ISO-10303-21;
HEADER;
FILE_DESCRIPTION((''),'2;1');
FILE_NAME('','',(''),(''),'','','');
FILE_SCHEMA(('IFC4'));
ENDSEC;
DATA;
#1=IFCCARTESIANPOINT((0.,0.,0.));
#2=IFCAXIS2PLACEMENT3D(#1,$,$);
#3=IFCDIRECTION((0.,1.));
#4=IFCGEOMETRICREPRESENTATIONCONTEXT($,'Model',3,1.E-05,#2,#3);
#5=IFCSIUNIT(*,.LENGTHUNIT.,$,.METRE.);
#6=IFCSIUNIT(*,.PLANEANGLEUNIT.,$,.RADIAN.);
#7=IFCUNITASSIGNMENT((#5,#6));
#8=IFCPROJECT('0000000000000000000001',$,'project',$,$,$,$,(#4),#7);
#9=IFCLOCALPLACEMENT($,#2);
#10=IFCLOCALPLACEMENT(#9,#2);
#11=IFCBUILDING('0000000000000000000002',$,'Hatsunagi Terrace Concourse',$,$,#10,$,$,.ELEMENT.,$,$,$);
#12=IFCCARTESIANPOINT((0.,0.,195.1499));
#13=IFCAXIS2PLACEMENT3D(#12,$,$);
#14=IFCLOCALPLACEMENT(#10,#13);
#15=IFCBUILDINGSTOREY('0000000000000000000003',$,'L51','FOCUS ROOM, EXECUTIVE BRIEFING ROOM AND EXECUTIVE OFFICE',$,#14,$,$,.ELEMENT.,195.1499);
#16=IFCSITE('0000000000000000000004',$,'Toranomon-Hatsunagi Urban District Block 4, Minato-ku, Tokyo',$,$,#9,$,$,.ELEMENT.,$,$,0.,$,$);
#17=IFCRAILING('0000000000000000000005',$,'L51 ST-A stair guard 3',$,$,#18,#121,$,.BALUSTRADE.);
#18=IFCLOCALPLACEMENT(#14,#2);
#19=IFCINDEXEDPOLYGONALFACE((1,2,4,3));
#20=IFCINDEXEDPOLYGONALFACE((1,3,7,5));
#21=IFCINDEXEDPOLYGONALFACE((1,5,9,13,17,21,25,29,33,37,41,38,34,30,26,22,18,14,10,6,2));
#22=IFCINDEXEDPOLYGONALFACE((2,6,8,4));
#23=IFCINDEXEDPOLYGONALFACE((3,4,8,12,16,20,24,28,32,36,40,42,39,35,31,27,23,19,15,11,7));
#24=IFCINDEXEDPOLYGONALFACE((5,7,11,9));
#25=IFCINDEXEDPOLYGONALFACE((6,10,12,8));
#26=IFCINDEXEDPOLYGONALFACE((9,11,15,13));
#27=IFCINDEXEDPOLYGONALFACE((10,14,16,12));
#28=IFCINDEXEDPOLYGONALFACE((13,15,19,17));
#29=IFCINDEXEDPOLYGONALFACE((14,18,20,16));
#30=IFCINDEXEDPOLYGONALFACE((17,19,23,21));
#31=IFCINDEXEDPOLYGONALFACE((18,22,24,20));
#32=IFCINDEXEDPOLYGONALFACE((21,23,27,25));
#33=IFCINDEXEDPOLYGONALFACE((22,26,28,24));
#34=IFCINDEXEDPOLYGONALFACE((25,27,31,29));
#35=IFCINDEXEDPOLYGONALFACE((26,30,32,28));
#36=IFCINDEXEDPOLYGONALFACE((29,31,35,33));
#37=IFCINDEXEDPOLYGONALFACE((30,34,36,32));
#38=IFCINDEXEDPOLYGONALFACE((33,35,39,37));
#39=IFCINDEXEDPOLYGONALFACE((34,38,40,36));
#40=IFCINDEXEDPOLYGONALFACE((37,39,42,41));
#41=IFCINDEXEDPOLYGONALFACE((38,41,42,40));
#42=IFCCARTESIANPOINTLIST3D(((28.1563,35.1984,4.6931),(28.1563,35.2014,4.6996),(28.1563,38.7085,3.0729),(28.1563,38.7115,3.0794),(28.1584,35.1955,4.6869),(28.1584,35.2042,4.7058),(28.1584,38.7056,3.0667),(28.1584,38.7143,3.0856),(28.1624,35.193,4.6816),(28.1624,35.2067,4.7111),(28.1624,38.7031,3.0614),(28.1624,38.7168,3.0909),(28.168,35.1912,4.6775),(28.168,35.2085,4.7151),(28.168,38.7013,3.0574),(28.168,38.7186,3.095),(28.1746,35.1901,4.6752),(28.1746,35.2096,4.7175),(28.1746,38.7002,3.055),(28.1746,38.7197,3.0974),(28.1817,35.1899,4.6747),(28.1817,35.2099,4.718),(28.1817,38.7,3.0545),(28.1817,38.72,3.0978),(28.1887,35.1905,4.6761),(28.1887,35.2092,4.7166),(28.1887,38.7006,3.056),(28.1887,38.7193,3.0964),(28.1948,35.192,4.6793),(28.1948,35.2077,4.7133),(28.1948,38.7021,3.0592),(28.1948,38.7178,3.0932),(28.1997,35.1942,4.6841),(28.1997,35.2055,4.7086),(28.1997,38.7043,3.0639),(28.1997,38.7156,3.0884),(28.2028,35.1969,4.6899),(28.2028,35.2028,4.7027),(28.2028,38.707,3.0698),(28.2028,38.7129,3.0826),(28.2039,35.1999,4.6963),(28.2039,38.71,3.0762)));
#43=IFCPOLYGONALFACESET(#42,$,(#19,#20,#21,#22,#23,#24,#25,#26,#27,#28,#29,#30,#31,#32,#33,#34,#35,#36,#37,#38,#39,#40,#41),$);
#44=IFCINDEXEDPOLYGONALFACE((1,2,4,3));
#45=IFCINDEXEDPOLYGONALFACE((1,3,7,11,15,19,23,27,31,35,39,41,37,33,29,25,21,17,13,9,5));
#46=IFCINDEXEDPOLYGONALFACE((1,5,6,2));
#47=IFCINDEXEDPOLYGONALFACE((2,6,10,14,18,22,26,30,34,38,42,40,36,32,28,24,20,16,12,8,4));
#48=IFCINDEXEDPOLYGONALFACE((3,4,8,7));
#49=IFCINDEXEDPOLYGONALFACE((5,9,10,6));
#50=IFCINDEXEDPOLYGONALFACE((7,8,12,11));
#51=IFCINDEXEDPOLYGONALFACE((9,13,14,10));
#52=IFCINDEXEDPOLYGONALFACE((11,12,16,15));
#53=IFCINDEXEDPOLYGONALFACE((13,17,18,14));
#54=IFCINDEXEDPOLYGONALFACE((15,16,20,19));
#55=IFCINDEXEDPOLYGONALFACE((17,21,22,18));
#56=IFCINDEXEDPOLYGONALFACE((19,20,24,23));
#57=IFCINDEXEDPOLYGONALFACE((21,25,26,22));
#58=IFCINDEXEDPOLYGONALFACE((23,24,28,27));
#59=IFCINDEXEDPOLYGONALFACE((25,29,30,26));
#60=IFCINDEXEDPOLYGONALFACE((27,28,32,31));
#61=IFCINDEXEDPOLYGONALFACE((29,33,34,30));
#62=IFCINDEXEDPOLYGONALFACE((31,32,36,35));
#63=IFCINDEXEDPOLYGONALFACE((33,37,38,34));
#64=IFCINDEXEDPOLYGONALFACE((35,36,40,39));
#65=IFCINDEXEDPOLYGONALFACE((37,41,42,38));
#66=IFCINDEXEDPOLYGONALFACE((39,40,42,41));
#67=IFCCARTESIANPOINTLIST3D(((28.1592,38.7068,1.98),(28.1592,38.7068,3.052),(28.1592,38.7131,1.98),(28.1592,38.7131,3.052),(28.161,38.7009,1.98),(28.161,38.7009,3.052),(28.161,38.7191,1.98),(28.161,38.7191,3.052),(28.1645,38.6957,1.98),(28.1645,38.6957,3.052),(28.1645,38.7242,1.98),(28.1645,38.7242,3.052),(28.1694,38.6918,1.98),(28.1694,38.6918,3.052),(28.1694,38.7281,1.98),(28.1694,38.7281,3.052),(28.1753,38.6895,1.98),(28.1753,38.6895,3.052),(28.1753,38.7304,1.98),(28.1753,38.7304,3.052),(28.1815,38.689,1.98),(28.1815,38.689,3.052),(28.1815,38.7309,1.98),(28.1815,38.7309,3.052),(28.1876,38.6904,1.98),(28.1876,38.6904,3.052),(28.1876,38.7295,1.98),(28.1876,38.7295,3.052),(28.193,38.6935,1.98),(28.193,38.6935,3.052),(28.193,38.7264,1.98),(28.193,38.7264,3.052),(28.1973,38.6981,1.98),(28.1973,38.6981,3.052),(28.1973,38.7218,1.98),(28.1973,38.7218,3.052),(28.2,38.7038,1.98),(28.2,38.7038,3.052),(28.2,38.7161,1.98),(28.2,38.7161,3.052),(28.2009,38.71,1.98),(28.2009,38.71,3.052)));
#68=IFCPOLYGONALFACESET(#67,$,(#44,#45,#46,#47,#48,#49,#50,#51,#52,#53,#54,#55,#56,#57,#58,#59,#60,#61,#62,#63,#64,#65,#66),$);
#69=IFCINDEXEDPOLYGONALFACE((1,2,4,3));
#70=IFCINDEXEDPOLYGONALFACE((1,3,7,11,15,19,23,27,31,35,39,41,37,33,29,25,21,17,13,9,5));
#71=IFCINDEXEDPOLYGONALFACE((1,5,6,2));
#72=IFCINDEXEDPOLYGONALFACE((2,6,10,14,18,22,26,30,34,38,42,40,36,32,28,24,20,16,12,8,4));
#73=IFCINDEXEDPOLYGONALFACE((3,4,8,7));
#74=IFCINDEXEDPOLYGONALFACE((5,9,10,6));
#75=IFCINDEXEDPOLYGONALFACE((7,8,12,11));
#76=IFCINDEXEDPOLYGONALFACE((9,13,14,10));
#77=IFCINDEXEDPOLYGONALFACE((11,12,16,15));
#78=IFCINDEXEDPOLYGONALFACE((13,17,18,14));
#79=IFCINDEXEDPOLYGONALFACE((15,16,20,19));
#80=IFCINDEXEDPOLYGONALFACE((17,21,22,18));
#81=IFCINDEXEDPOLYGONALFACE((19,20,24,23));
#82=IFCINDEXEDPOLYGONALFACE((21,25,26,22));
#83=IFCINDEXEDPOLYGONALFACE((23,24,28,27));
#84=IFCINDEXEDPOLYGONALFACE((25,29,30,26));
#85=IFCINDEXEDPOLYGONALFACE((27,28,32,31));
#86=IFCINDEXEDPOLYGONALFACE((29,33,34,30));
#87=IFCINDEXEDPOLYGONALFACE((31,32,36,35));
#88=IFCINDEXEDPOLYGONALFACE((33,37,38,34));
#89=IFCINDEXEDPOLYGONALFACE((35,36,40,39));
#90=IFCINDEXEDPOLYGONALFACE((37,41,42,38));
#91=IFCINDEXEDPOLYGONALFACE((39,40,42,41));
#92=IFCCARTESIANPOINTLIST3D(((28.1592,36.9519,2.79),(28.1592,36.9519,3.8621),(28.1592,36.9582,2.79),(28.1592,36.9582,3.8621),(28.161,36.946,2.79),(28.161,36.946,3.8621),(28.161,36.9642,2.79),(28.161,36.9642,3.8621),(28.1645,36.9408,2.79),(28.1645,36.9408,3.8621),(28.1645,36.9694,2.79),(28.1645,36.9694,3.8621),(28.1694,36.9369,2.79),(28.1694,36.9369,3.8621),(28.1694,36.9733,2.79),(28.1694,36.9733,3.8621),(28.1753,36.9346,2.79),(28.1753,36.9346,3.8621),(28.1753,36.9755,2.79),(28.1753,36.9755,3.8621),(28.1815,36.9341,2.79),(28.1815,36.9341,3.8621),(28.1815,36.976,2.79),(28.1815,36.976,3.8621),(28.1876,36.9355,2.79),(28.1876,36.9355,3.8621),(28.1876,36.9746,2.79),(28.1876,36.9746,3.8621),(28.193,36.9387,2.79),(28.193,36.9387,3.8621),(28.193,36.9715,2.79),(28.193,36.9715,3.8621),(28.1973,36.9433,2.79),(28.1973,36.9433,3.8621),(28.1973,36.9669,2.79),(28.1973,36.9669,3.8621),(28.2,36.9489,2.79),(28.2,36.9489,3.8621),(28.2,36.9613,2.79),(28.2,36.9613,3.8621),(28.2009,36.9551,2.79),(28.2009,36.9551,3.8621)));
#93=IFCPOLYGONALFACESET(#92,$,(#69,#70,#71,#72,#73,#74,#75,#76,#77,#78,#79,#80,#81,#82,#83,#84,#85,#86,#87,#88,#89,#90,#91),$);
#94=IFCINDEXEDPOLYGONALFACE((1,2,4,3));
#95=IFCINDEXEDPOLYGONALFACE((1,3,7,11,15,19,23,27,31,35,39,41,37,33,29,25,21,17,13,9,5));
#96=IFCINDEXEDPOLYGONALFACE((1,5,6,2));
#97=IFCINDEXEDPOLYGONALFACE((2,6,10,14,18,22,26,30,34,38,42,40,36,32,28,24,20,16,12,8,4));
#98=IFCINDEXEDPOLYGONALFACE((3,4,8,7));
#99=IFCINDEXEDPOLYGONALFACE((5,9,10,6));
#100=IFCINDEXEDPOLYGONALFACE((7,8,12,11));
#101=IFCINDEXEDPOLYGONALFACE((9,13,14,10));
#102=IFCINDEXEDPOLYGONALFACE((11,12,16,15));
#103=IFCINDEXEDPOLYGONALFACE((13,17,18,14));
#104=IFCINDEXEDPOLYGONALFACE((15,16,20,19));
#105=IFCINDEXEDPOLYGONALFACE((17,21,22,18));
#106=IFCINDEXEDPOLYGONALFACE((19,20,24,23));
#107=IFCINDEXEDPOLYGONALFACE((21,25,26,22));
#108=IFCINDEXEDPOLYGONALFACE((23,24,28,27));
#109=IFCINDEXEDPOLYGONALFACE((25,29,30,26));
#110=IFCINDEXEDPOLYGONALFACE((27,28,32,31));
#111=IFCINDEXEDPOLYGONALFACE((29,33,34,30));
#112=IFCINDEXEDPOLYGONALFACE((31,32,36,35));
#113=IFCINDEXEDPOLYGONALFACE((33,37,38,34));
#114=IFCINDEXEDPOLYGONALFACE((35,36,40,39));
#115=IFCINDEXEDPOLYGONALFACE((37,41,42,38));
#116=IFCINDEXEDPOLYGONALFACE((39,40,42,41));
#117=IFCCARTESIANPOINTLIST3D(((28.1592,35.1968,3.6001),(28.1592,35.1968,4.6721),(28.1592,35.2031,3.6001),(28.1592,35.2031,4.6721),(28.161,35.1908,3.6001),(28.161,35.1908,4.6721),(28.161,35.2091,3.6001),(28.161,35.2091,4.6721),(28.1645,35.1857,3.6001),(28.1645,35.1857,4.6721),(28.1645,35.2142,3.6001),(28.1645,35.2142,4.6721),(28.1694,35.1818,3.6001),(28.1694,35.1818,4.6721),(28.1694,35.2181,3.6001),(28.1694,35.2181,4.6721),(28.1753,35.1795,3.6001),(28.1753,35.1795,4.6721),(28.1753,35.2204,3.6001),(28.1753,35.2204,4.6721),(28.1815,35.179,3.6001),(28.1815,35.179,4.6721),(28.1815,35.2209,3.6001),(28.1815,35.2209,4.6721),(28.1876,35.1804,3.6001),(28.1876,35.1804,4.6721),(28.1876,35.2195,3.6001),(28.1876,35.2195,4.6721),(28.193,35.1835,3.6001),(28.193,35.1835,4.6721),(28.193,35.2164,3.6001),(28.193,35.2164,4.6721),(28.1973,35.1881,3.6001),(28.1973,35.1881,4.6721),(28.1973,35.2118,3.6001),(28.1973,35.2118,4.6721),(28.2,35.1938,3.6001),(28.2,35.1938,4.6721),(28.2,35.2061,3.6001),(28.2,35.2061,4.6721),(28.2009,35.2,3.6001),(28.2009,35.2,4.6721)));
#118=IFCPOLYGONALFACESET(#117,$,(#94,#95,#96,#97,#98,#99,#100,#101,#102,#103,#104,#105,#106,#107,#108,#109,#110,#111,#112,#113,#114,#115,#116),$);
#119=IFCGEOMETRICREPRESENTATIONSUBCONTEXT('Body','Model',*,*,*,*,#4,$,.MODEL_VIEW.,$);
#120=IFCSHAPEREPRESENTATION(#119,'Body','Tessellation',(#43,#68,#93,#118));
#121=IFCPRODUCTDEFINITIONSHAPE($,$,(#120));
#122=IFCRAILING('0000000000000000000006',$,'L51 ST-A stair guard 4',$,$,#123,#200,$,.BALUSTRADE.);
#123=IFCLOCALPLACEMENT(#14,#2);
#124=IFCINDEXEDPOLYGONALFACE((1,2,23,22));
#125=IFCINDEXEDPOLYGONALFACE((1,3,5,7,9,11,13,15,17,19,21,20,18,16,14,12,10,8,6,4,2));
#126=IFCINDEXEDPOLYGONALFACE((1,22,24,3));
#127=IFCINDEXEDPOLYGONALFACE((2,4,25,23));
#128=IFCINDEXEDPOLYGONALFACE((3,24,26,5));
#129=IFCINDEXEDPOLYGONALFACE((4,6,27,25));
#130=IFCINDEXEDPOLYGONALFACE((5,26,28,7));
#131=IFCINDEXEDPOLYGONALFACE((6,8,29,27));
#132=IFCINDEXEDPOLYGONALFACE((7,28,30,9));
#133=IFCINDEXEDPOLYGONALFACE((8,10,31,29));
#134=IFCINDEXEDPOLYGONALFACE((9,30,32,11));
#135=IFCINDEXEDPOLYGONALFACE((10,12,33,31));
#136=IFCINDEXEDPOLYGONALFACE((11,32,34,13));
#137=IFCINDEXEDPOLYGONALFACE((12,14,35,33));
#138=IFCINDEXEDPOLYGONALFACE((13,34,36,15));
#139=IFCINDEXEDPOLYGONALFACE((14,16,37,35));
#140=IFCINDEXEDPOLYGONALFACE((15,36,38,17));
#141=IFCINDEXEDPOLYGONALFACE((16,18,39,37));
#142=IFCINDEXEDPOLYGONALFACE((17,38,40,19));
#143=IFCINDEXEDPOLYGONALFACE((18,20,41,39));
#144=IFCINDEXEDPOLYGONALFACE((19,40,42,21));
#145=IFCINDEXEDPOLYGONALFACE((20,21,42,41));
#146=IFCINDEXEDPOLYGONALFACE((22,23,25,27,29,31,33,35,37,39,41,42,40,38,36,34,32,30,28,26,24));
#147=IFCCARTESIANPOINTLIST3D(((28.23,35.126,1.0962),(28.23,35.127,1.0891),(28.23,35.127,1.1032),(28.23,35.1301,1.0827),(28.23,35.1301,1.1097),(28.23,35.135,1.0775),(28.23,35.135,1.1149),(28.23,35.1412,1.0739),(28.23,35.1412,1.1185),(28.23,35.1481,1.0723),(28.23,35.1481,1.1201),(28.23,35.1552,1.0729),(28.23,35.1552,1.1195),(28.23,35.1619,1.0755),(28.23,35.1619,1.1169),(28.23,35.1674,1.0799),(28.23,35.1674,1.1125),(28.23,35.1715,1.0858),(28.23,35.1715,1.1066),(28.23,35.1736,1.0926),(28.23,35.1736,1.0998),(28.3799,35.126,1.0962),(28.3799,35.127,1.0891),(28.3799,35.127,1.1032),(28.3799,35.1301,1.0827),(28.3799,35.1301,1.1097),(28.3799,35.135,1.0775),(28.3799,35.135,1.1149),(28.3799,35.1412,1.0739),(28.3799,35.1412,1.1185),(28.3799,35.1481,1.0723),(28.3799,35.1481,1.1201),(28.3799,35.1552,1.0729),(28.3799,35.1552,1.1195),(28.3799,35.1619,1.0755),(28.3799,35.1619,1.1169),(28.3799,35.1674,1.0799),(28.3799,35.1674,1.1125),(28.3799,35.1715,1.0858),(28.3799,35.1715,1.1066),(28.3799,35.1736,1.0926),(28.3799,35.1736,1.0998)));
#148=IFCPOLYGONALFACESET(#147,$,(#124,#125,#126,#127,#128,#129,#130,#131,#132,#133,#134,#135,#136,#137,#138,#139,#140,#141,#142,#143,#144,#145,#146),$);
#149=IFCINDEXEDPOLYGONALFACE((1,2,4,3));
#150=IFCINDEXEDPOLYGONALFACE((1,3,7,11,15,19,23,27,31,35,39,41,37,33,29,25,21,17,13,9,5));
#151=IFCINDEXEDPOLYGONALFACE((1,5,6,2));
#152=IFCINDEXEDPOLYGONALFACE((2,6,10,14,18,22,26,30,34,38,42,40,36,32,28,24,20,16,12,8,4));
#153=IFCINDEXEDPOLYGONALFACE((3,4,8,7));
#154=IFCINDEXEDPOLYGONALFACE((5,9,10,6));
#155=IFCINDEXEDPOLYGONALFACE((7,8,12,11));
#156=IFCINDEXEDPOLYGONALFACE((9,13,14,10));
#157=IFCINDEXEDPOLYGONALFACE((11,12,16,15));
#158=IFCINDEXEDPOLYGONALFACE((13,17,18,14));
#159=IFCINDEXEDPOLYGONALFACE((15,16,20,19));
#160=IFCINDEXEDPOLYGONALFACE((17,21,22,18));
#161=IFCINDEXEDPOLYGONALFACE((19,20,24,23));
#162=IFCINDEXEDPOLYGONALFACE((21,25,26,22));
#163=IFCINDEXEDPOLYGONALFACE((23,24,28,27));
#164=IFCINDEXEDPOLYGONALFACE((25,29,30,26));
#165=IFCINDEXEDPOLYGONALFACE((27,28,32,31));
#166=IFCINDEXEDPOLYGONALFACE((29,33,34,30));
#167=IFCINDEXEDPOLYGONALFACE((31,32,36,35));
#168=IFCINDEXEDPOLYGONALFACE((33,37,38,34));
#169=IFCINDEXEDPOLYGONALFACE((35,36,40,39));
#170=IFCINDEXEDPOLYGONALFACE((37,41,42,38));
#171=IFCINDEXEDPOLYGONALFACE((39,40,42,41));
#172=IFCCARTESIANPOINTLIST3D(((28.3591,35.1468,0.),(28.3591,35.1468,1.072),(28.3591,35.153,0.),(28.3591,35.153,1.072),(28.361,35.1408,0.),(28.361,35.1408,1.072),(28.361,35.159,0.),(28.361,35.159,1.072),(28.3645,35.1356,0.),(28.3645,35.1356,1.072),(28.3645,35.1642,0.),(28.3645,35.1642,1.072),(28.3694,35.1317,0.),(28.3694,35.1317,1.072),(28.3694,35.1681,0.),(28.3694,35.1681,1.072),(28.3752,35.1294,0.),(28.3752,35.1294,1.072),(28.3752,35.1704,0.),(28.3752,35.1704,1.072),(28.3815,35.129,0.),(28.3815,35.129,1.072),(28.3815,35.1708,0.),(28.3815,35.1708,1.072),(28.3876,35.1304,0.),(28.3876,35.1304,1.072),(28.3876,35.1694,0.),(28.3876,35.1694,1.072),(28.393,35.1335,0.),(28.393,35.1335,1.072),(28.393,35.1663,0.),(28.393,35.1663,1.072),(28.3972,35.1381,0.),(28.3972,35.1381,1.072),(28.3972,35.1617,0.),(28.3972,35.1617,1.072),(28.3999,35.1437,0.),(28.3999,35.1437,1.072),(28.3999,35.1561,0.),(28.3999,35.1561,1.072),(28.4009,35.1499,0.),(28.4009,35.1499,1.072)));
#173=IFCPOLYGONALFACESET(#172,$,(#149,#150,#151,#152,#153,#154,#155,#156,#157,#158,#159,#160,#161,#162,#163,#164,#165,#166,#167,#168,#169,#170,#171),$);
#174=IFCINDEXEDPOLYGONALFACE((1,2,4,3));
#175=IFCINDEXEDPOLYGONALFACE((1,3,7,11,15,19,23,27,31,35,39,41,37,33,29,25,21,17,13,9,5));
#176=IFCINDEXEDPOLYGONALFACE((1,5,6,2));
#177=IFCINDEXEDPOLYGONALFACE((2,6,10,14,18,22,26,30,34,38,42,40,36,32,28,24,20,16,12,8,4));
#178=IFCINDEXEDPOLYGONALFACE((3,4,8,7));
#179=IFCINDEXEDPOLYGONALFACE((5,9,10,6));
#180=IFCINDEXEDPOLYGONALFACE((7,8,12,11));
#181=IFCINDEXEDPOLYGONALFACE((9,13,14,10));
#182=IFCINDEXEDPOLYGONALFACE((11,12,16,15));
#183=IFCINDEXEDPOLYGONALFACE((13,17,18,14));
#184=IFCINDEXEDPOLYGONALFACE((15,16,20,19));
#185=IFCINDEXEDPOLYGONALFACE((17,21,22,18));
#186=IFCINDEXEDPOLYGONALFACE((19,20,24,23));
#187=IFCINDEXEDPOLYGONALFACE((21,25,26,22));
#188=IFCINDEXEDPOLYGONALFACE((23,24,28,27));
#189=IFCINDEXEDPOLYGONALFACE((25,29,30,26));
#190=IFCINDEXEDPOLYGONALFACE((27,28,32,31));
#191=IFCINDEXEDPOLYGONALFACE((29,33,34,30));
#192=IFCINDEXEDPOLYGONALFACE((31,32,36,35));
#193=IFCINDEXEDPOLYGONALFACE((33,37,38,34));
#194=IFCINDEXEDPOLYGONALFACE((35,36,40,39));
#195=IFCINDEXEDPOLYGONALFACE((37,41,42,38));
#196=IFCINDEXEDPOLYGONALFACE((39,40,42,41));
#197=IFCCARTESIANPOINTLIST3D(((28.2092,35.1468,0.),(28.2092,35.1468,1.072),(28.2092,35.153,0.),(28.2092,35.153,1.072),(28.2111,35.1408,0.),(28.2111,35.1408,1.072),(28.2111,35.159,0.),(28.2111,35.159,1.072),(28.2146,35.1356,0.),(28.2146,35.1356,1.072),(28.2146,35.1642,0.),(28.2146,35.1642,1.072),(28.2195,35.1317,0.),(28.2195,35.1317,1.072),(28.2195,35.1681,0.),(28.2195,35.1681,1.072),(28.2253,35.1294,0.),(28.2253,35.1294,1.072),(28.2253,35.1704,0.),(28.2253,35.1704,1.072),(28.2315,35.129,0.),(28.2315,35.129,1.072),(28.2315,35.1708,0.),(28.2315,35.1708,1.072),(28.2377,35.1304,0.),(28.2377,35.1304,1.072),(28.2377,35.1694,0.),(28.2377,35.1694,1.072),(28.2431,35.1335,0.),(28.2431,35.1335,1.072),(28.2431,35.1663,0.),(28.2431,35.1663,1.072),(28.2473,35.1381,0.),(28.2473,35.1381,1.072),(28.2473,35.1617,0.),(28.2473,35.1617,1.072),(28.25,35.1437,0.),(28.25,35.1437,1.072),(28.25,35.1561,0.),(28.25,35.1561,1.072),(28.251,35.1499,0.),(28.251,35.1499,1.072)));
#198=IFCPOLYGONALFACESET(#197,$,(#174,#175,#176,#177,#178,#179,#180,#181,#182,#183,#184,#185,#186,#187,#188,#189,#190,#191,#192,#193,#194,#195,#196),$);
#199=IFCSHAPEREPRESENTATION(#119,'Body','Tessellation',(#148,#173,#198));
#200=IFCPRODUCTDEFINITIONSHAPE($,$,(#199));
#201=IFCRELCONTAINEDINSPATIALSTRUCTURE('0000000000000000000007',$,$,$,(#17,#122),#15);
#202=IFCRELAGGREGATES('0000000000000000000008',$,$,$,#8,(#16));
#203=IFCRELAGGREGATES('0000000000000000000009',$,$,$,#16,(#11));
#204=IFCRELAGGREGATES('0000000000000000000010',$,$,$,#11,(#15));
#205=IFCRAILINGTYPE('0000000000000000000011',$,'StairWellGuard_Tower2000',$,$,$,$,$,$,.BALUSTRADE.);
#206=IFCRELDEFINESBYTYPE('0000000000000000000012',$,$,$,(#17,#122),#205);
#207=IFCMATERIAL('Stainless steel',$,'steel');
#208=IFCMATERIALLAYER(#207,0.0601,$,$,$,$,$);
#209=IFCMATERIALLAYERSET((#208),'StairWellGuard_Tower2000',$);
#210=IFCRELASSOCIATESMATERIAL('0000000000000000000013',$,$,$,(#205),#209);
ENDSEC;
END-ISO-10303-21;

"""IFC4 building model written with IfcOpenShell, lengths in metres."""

from ifc_helpers import new_model, si_unit, direction, frame, origin, origin_2d, place, context, subcontext, project, spatial, circle, extrude, material, layer, layer_set, type_object, element, save


model = new_model("IFC4")

# Units and contexts
model_context = context("Model", 3, precision=1e-05, world=origin(), true_north=direction((0.0, 1.0)))
body_context = subcontext(model_context, "Body", "Model", "MODEL_VIEW")
ifc_project = project(units=[si_unit("LENGTHUNIT", "METRE"), si_unit("PLANEANGLEUNIT", "RADIAN")], contexts=[model_context])

# Site, building, storey
site_placement = place(None, origin())
site = spatial("IfcSite", under=ifc_project, at=site_placement, Name="Toranomon-Hatsunagi Urban District Block 4, Minato-ku, Tokyo", CompositionType="ELEMENT", RefElevation=0.0)
building_placement = place(site_placement, origin())
building = spatial("IfcBuilding", under=site, at=building_placement, Name="Hatsunagi Terrace Concourse", CompositionType="ELEMENT")
storey_placement = place(building_placement, frame((0.0, 0.0, 195.1499)))
storey = spatial("IfcBuildingStorey", under=building, at=storey_placement, Name="L51", Description="FOCUS ROOM, EXECUTIVE BRIEFING ROOM AND EXECUTIVE OFFICE", CompositionType="ELEMENT", Elevation=195.1499)

# Railings
ifc_material_1 = material(Name="Stainless steel", Category="steel")
ifc_layer_1 = layer(ifc_material_1, 0.0601)
ifc_layer_set_1 = layer_set([ifc_layer_1], Name="StairWellGuard_Tower2000")
railing_type_1 = type_object("IfcRailingType", Name="StairWellGuard_Tower2000", PredefinedType="BALUSTRADE", material=ifc_layer_set_1)
railing_1_placement = place(storey_placement, frame((28.1799, 38.71, 1.98)))
element("IfcRailing", 1, at=railing_1_placement, inside=storey, type_object=railing_type_1, Name="L51 ST-A stair guard 3", PredefinedType="BALUSTRADE", context=body_context, shape_type="SweptSolid", body=[
    extrude(circle(Radius=0.0239, at=origin_2d()), frame((0.0, 0.0, 1.0962), z_axis=(0.0, -0.907948, 0.419082), x_axis=(1.0, 0.0, 0.0)), (0.0, 0.0, 1.0), 3.866),
    extrude(circle(Radius=0.021, at=origin_2d()), origin(), (0.0, 0.0, 1.0), 1.072),
    extrude(circle(Radius=0.021, at=origin_2d()), frame((0.0, -1.7549, 0.8101)), (0.0, 0.0, 1.0), 1.072),
    extrude(circle(Radius=0.021, at=origin_2d()), frame((0.0, -3.51, 1.6201)), (0.0, 0.0, 1.0), 1.072),
])
railing_2_placement = place(storey_placement, frame((28.3799, 35.1499, 0.0)))
element("IfcRailing", 2, at=railing_2_placement, inside=storey, type_object=railing_type_1, Name="L51 ST-A stair guard 4", PredefinedType="BALUSTRADE", context=body_context, shape_type="SweptSolid", body=[
    extrude(circle(Radius=0.0239, at=origin_2d()), frame((0.0, 0.0, 1.0962), z_axis=(-1.0, 0.0, 0.0), x_axis=(0.0, -1.0, 0.0)), (0.0, 0.0, 1.0), 0.1499),
    extrude(circle(Radius=0.021, at=origin_2d()), origin(), (0.0, 0.0, 1.0), 1.072),
    extrude(circle(Radius=0.021, at=origin_2d()), frame((-0.1499, 0.0, 0.0)), (0.0, 0.0, 1.0), 1.072),
])

save(model, "model.ifc")
